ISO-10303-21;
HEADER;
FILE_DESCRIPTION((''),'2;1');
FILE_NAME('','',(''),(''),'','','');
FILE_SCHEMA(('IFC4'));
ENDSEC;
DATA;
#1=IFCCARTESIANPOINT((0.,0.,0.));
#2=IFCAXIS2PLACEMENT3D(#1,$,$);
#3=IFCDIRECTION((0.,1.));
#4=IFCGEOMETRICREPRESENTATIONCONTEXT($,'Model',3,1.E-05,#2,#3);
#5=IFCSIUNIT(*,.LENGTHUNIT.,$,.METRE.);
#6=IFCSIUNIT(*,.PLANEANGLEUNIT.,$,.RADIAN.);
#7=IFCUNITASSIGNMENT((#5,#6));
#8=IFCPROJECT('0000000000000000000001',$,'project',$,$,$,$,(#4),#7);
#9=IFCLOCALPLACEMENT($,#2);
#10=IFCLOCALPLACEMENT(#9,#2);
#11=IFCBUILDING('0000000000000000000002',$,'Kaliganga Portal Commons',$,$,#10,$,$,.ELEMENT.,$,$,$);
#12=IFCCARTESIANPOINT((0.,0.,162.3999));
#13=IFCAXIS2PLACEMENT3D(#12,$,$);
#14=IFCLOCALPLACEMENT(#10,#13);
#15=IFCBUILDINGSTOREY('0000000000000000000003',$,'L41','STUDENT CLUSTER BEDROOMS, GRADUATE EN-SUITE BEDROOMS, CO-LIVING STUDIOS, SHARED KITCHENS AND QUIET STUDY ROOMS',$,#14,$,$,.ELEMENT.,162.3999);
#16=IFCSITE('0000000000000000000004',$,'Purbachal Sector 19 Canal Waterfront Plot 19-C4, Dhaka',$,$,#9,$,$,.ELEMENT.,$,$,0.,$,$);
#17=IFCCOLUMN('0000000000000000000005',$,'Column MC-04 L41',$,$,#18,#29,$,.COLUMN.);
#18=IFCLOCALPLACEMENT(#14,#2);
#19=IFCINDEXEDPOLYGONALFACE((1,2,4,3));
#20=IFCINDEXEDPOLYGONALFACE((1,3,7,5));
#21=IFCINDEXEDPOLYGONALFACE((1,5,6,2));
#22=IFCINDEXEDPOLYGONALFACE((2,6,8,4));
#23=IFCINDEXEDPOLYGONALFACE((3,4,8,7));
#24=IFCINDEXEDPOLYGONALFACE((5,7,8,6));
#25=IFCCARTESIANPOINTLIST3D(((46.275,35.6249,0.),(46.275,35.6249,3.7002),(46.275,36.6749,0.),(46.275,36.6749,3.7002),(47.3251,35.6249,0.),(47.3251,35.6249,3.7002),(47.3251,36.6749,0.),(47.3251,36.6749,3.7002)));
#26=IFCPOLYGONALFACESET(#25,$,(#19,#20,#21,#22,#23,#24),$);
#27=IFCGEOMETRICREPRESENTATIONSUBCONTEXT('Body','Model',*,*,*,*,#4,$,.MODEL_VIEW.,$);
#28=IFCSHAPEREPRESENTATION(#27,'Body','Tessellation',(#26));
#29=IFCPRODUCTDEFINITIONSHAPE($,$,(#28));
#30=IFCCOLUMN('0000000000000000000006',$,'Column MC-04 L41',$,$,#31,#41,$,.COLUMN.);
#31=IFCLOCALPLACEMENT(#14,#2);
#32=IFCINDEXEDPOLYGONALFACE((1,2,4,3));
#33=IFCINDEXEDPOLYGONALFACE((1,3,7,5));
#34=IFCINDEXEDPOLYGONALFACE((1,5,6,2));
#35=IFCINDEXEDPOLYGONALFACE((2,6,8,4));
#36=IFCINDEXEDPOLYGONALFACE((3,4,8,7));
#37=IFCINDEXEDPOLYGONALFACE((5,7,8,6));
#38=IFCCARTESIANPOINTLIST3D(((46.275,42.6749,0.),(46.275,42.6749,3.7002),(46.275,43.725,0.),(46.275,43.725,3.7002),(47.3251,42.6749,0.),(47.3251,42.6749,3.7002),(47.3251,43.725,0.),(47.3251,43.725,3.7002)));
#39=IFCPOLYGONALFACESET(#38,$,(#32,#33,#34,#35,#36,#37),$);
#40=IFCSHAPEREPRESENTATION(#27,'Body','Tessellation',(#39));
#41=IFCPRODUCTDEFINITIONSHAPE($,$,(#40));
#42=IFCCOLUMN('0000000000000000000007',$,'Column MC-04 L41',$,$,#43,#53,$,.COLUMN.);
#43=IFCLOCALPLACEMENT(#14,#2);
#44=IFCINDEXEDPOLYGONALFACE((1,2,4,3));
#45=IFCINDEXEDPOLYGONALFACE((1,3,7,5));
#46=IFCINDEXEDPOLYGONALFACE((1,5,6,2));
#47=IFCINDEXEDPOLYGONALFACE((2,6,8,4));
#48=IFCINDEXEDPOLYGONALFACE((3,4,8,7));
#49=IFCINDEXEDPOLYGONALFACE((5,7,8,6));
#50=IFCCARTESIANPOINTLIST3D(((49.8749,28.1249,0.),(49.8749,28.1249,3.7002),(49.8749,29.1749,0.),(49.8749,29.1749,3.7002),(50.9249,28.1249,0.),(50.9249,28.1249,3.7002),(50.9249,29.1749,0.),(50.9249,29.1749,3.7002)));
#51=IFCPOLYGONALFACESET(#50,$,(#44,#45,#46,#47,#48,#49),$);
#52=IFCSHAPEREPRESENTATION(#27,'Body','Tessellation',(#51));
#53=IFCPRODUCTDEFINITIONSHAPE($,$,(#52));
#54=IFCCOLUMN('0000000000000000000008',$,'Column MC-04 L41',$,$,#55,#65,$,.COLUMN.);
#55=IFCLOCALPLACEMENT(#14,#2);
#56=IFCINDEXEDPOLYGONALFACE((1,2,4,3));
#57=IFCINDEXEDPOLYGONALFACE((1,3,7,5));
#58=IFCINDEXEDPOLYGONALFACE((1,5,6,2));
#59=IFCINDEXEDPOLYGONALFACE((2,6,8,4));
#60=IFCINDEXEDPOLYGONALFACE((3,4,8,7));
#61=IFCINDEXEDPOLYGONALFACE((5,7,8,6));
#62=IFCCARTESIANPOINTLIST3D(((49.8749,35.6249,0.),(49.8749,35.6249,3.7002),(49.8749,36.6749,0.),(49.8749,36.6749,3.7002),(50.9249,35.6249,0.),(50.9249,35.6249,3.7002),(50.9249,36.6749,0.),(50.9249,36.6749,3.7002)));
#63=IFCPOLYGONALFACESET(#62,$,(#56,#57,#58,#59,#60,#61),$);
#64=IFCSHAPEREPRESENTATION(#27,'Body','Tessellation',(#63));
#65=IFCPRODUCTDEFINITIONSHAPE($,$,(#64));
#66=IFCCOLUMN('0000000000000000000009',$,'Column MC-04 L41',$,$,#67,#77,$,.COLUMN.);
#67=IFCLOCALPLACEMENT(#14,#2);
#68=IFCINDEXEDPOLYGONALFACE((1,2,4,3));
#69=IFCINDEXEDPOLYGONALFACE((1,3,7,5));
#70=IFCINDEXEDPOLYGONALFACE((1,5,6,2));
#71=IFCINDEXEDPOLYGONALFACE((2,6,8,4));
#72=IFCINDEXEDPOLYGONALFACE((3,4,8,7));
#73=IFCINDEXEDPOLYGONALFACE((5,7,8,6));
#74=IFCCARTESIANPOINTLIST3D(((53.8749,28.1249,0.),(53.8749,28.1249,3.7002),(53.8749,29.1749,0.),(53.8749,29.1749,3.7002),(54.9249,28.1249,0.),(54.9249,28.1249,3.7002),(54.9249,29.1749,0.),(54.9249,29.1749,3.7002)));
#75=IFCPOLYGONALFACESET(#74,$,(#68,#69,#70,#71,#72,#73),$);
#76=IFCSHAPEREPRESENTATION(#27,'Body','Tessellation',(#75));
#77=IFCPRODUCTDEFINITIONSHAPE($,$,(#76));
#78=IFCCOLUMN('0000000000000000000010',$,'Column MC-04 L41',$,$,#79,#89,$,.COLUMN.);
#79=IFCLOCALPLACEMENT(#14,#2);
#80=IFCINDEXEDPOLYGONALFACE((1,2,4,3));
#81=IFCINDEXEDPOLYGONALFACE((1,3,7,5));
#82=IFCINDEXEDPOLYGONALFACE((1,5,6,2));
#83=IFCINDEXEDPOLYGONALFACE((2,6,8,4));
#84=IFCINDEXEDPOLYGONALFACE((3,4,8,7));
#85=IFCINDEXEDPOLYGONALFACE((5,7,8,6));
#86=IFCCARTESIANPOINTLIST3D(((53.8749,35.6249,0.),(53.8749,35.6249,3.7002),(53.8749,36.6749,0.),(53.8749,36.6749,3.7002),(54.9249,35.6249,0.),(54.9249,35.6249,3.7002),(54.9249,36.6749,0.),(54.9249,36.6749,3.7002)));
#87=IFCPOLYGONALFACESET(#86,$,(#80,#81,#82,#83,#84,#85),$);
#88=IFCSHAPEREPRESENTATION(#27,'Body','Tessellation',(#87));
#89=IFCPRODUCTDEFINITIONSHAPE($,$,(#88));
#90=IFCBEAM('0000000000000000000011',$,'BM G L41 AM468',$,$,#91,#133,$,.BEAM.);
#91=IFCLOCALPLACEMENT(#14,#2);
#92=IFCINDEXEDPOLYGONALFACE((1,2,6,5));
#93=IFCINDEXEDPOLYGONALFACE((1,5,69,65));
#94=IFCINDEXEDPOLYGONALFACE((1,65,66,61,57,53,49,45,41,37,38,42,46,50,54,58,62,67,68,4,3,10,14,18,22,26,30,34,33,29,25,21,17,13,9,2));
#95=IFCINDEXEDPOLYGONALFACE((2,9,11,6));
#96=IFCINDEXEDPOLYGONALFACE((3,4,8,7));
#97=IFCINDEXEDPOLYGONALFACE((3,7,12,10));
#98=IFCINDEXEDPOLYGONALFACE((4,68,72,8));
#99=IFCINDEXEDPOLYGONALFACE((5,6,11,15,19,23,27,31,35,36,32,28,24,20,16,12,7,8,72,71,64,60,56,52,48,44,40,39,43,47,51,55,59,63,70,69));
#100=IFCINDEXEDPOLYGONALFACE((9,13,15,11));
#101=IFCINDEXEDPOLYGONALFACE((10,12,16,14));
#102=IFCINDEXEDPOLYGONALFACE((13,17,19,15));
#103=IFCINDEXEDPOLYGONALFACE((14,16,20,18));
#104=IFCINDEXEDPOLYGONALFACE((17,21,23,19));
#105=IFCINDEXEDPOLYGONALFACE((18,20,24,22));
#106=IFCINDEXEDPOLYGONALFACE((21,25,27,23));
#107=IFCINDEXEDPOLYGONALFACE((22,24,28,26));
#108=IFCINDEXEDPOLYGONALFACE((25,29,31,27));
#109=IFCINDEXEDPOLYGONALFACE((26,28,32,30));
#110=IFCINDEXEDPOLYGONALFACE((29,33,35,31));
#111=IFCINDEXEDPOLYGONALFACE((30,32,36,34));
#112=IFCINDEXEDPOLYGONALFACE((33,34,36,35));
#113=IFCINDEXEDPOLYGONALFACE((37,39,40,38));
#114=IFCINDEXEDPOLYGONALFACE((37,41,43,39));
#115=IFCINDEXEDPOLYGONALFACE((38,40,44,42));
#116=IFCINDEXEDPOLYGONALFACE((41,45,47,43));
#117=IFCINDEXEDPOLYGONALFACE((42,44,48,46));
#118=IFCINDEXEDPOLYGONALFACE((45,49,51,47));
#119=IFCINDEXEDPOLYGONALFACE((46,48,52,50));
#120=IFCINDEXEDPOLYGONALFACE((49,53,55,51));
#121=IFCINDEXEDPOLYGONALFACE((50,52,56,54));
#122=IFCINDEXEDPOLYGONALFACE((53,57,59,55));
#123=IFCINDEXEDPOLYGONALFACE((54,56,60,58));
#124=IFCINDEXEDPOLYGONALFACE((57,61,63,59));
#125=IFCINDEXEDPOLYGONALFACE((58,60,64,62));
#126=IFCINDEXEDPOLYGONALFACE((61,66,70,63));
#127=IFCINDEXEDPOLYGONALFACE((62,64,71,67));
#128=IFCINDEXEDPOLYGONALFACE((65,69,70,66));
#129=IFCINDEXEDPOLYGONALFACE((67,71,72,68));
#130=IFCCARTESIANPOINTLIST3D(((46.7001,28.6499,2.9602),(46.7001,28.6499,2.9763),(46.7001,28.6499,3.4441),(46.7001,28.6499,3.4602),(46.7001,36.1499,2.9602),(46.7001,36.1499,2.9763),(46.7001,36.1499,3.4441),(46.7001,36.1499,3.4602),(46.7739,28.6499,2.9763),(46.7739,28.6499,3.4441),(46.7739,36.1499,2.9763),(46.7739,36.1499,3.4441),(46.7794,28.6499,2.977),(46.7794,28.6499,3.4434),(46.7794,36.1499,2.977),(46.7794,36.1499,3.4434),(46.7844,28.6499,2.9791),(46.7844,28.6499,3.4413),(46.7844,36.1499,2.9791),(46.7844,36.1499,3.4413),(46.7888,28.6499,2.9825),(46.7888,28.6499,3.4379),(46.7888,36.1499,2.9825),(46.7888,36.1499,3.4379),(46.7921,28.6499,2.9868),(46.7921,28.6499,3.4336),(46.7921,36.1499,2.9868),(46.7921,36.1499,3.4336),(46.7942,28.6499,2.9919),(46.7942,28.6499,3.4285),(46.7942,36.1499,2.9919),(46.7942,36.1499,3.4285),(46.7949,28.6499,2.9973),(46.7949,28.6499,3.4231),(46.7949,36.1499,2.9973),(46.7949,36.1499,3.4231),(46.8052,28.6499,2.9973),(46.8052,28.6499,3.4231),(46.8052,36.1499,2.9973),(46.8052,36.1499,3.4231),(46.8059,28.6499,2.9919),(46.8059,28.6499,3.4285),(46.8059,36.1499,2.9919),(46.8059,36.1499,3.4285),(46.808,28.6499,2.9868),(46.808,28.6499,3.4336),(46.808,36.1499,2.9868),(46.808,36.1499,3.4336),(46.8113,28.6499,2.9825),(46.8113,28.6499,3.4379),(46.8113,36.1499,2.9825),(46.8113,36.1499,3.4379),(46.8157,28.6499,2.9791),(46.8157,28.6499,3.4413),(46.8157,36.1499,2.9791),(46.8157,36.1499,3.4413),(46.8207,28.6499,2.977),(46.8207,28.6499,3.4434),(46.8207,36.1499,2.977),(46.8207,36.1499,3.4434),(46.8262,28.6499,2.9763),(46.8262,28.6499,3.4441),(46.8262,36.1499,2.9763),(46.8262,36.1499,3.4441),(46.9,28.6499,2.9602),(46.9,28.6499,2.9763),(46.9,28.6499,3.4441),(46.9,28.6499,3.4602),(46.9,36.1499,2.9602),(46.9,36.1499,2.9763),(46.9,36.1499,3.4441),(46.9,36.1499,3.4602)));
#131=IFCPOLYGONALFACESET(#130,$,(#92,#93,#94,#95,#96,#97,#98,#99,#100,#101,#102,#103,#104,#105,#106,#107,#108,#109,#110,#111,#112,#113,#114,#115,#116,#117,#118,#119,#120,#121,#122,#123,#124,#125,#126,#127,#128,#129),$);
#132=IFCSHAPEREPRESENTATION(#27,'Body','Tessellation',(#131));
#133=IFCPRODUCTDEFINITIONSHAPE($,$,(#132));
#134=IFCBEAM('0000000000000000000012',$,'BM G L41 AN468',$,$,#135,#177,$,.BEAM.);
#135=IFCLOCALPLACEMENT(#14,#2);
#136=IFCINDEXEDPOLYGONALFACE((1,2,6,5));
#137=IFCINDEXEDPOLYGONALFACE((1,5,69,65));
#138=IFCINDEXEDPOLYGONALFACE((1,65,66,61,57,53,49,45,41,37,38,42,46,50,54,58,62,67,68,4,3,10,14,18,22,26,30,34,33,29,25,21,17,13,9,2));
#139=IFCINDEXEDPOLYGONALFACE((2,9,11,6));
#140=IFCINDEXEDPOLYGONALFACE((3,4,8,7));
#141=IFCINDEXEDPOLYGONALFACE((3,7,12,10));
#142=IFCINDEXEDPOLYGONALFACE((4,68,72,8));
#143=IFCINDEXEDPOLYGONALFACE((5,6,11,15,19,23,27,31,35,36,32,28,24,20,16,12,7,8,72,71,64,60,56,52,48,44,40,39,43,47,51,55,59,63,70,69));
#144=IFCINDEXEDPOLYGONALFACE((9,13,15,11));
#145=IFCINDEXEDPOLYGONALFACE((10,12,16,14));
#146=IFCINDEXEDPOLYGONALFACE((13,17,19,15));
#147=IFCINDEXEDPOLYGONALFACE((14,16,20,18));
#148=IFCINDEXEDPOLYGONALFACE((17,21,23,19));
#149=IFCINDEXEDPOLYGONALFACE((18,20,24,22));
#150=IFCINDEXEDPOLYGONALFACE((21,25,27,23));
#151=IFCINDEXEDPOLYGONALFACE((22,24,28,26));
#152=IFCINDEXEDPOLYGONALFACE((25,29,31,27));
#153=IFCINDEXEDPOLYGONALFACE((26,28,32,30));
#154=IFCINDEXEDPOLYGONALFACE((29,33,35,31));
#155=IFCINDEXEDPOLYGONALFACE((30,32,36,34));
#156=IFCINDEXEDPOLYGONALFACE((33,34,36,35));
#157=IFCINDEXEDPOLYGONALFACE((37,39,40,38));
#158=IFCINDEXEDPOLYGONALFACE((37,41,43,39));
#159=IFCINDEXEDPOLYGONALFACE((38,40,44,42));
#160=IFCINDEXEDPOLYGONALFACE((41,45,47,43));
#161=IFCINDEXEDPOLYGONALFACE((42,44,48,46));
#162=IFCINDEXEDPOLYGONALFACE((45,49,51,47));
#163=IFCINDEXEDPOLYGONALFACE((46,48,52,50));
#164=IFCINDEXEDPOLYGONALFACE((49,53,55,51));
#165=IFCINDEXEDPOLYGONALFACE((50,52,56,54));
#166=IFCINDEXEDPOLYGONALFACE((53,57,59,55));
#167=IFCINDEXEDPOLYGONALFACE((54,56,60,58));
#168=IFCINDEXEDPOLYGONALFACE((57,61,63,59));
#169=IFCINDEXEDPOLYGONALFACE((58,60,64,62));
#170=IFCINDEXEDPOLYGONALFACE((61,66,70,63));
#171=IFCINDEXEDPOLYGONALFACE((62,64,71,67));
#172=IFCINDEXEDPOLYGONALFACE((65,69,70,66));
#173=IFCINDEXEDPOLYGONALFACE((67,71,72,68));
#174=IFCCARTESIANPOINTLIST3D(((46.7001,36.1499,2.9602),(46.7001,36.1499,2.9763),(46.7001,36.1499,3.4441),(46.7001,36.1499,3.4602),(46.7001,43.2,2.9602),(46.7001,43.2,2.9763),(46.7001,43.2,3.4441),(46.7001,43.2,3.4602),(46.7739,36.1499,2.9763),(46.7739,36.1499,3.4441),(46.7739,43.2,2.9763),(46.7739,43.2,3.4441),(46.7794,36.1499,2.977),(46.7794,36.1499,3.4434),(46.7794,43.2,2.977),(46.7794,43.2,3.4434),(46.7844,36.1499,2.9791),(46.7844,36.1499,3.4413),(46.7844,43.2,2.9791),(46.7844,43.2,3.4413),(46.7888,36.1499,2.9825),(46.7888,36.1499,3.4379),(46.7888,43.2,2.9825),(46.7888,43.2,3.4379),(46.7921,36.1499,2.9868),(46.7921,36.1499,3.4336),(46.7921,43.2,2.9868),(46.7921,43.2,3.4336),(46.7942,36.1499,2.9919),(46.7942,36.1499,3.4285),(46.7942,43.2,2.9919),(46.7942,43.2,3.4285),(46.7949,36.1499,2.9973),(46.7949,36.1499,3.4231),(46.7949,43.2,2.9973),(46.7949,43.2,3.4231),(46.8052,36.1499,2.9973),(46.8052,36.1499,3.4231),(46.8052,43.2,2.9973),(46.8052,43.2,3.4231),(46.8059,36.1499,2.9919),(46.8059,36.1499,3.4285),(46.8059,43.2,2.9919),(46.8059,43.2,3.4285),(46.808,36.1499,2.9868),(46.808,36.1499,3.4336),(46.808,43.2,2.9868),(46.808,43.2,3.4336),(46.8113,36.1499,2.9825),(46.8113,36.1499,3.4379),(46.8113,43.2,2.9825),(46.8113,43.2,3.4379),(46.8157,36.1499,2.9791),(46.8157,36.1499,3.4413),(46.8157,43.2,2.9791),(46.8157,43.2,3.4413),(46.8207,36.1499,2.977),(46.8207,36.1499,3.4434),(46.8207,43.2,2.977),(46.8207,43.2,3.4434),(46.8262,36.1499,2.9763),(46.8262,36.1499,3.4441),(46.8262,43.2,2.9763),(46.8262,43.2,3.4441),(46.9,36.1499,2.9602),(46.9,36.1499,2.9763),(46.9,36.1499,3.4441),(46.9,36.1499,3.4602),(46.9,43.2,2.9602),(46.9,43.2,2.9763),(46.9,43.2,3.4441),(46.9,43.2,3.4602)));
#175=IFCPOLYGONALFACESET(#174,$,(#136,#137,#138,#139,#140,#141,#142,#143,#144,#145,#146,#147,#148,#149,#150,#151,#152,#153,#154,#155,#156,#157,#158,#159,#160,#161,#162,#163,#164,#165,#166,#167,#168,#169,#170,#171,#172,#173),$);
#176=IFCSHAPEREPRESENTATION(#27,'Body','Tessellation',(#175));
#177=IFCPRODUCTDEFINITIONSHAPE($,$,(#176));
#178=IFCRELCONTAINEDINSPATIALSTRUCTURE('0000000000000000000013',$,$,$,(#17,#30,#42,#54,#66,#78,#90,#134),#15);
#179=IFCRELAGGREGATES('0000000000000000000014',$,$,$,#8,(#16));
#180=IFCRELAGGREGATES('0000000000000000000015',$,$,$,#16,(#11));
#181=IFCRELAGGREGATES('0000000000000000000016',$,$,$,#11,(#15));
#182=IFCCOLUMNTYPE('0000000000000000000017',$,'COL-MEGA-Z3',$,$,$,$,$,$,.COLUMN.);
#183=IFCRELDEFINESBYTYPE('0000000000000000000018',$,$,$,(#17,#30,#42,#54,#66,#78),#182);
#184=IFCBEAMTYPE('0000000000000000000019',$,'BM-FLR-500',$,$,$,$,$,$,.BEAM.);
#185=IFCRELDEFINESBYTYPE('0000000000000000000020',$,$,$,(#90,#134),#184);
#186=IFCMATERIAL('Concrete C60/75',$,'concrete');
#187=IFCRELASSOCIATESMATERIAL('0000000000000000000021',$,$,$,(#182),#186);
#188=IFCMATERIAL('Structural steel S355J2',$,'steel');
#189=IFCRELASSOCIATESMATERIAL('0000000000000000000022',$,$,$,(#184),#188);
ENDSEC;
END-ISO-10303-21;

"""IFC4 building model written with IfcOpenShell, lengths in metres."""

from ifc_helpers import new_model, si_unit, direction, frame, origin, origin_2d, place, context, subcontext, project, spatial, rectangle, i_section, extrude, source, transform, mapped, material, material_profile, profile_set, type_object, element, save


model = new_model("IFC4")

# Units and contexts
model_context = context("Model", 3, precision=1e-05, world=origin(), true_north=direction((0.0, 1.0)))
body_context = subcontext(model_context, "Body", "Model", "MODEL_VIEW")
ifc_project = project(units=[si_unit("LENGTHUNIT", "METRE"), si_unit("PLANEANGLEUNIT", "RADIAN")], contexts=[model_context])

# Site, building, storey
site_placement = place(None, origin())
site = spatial("IfcSite", under=ifc_project, at=site_placement, Name="Purbachal Sector 19 Canal Waterfront Plot 19-C4, Dhaka", CompositionType="ELEMENT", RefElevation=0.0)
building_placement = place(site_placement, origin())
building = spatial("IfcBuilding", under=site, at=building_placement, Name="Kaliganga Portal Commons", CompositionType="ELEMENT")
storey_placement = place(building_placement, frame((0.0, 0.0, 162.3999)))
storey = spatial("IfcBuildingStorey", under=building, at=storey_placement, Name="L41", Description="STUDENT CLUSTER BEDROOMS, GRADUATE EN-SUITE BEDROOMS, CO-LIVING STUDIOS, SHARED KITCHENS AND QUIET STUDY ROOMS", CompositionType="ELEMENT", Elevation=162.3999)

# Columns
ifc_material_1 = material(Name="Concrete C60/75", Category="concrete")
ifc_material_profile_1 = material_profile(ifc_material_1, rectangle(XDim=1.05, YDim=1.05, at=origin_2d()), Name="RC 1050x1050")
ifc_profile_set_1 = profile_set([ifc_material_profile_1], Name="Concrete C60/75")
column_type = type_object("IfcColumnType", Name="COL-MEGA-Z3", PredefinedType="COLUMN", material=ifc_profile_set_1)
shared_shape_1 = source(origin(), body_context, "Body", "SweptSolid", [
    extrude(rectangle(XDim=1.05, YDim=1.05, at=origin_2d()), origin(), (0.0, 0.0, 1.0), 3.7002),
])
for number, where, z_axis, x_axis, name in (
    (1, (46.8, 36.1499, 0.0), (0.0, 0.0, 1.0), (1.0, 0.0, 0.0), "Column MC-04 L41"),
    (2, (46.8, 43.2, 0.0), (0.0, 0.0, 1.0), (1.0, 0.0, 0.0), "Column MC-04 L41"),
    (3, (50.3999, 28.6499, 0.0), (0.0, 0.0, 1.0), (1.0, 0.0, 0.0), "Column MC-04 L41"),
    (4, (50.3999, 36.1499, 0.0), (0.0, 0.0, 1.0), (1.0, 0.0, 0.0), "Column MC-04 L41"),
    (5, (54.3999, 28.6499, 0.0), (0.0, 0.0, 1.0), (1.0, 0.0, 0.0), "Column MC-04 L41"),
    (6, (54.3999, 36.1499, 0.0), (0.0, 0.0, 1.0), (1.0, 0.0, 0.0), "Column MC-04 L41"),
):
    element("IfcColumn", number, at=place(storey_placement, frame(where, z_axis=z_axis, x_axis=x_axis)), inside=storey, type_object=column_type, Name=name, PredefinedType="COLUMN", context=body_context, shape_type="MappedRepresentation", body=[
        mapped(shared_shape_1, transform((0.0, 0.0, 0.0), x_axis=(1.0, 0.0, 0.0), y_axis=(0.0, 1.0, 0.0), z_axis=(0.0, 0.0, 1.0), scale=1.0)),
    ])

# Beams
ifc_material_2 = material(Name="Structural steel S355J2", Category="steel")
ifc_material_profile_2 = material_profile(ifc_material_2, i_section(OverallWidth=0.2, OverallDepth=0.5, WebThickness=0.0103, FlangeThickness=0.0161, FilletRadius=0.021, at=origin_2d()), Name="IPE 500")
ifc_profile_set_2 = profile_set([ifc_material_profile_2], Name="Structural steel S355J2 wide-flange")
beam_type_1 = type_object("IfcBeamType", Name="BM-FLR-500", PredefinedType="BEAM", material=ifc_profile_set_2)
shared_shape_2 = source(origin(), body_context, "Body", "SweptSolid", [
    extrude(i_section(OverallWidth=0.2, OverallDepth=0.5, WebThickness=0.0103, FlangeThickness=0.0161, FilletRadius=0.021, at=origin_2d()), origin(), (0.0, 0.0, 1.0), 7.5),
])
beam_1_placement = place(storey_placement, frame((46.8, 28.6499, 3.2102), z_axis=(0.0, 1.0, 0.0), x_axis=(-1.0, 0.0, 0.0)))
element("IfcBeam", 7, at=beam_1_placement, inside=storey, type_object=beam_type_1, Name="BM G L41 AM468", PredefinedType="BEAM", context=body_context, shape_type="MappedRepresentation", body=[
    mapped(shared_shape_2, transform((0.0, 0.0, 0.0), x_axis=(1.0, 0.0, 0.0), y_axis=(0.0, 1.0, 0.0), z_axis=(0.0, 0.0, 1.0), scale=1.0)),
])
shared_shape_3 = source(origin(), body_context, "Body", "SweptSolid", [
    extrude(i_section(OverallWidth=0.2, OverallDepth=0.5, WebThickness=0.0103, FlangeThickness=0.0161, FilletRadius=0.021, at=origin_2d()), origin(), (0.0, 0.0, 1.0), 7.05),
])
beam_2_placement = place(storey_placement, frame((46.8, 36.1499, 3.2102), z_axis=(0.0, 1.0, 0.0), x_axis=(-1.0, 0.0, 0.0)))
element("IfcBeam", 8, at=beam_2_placement, inside=storey, type_object=beam_type_1, Name="BM G L41 AN468", PredefinedType="BEAM", context=body_context, shape_type="MappedRepresentation", body=[
    mapped(shared_shape_3, transform((0.0, 0.0, 0.0), x_axis=(1.0, 0.0, 0.0), y_axis=(0.0, 1.0, 0.0), z_axis=(0.0, 0.0, 1.0), scale=1.0)),
])

save(model, "model.ifc")
